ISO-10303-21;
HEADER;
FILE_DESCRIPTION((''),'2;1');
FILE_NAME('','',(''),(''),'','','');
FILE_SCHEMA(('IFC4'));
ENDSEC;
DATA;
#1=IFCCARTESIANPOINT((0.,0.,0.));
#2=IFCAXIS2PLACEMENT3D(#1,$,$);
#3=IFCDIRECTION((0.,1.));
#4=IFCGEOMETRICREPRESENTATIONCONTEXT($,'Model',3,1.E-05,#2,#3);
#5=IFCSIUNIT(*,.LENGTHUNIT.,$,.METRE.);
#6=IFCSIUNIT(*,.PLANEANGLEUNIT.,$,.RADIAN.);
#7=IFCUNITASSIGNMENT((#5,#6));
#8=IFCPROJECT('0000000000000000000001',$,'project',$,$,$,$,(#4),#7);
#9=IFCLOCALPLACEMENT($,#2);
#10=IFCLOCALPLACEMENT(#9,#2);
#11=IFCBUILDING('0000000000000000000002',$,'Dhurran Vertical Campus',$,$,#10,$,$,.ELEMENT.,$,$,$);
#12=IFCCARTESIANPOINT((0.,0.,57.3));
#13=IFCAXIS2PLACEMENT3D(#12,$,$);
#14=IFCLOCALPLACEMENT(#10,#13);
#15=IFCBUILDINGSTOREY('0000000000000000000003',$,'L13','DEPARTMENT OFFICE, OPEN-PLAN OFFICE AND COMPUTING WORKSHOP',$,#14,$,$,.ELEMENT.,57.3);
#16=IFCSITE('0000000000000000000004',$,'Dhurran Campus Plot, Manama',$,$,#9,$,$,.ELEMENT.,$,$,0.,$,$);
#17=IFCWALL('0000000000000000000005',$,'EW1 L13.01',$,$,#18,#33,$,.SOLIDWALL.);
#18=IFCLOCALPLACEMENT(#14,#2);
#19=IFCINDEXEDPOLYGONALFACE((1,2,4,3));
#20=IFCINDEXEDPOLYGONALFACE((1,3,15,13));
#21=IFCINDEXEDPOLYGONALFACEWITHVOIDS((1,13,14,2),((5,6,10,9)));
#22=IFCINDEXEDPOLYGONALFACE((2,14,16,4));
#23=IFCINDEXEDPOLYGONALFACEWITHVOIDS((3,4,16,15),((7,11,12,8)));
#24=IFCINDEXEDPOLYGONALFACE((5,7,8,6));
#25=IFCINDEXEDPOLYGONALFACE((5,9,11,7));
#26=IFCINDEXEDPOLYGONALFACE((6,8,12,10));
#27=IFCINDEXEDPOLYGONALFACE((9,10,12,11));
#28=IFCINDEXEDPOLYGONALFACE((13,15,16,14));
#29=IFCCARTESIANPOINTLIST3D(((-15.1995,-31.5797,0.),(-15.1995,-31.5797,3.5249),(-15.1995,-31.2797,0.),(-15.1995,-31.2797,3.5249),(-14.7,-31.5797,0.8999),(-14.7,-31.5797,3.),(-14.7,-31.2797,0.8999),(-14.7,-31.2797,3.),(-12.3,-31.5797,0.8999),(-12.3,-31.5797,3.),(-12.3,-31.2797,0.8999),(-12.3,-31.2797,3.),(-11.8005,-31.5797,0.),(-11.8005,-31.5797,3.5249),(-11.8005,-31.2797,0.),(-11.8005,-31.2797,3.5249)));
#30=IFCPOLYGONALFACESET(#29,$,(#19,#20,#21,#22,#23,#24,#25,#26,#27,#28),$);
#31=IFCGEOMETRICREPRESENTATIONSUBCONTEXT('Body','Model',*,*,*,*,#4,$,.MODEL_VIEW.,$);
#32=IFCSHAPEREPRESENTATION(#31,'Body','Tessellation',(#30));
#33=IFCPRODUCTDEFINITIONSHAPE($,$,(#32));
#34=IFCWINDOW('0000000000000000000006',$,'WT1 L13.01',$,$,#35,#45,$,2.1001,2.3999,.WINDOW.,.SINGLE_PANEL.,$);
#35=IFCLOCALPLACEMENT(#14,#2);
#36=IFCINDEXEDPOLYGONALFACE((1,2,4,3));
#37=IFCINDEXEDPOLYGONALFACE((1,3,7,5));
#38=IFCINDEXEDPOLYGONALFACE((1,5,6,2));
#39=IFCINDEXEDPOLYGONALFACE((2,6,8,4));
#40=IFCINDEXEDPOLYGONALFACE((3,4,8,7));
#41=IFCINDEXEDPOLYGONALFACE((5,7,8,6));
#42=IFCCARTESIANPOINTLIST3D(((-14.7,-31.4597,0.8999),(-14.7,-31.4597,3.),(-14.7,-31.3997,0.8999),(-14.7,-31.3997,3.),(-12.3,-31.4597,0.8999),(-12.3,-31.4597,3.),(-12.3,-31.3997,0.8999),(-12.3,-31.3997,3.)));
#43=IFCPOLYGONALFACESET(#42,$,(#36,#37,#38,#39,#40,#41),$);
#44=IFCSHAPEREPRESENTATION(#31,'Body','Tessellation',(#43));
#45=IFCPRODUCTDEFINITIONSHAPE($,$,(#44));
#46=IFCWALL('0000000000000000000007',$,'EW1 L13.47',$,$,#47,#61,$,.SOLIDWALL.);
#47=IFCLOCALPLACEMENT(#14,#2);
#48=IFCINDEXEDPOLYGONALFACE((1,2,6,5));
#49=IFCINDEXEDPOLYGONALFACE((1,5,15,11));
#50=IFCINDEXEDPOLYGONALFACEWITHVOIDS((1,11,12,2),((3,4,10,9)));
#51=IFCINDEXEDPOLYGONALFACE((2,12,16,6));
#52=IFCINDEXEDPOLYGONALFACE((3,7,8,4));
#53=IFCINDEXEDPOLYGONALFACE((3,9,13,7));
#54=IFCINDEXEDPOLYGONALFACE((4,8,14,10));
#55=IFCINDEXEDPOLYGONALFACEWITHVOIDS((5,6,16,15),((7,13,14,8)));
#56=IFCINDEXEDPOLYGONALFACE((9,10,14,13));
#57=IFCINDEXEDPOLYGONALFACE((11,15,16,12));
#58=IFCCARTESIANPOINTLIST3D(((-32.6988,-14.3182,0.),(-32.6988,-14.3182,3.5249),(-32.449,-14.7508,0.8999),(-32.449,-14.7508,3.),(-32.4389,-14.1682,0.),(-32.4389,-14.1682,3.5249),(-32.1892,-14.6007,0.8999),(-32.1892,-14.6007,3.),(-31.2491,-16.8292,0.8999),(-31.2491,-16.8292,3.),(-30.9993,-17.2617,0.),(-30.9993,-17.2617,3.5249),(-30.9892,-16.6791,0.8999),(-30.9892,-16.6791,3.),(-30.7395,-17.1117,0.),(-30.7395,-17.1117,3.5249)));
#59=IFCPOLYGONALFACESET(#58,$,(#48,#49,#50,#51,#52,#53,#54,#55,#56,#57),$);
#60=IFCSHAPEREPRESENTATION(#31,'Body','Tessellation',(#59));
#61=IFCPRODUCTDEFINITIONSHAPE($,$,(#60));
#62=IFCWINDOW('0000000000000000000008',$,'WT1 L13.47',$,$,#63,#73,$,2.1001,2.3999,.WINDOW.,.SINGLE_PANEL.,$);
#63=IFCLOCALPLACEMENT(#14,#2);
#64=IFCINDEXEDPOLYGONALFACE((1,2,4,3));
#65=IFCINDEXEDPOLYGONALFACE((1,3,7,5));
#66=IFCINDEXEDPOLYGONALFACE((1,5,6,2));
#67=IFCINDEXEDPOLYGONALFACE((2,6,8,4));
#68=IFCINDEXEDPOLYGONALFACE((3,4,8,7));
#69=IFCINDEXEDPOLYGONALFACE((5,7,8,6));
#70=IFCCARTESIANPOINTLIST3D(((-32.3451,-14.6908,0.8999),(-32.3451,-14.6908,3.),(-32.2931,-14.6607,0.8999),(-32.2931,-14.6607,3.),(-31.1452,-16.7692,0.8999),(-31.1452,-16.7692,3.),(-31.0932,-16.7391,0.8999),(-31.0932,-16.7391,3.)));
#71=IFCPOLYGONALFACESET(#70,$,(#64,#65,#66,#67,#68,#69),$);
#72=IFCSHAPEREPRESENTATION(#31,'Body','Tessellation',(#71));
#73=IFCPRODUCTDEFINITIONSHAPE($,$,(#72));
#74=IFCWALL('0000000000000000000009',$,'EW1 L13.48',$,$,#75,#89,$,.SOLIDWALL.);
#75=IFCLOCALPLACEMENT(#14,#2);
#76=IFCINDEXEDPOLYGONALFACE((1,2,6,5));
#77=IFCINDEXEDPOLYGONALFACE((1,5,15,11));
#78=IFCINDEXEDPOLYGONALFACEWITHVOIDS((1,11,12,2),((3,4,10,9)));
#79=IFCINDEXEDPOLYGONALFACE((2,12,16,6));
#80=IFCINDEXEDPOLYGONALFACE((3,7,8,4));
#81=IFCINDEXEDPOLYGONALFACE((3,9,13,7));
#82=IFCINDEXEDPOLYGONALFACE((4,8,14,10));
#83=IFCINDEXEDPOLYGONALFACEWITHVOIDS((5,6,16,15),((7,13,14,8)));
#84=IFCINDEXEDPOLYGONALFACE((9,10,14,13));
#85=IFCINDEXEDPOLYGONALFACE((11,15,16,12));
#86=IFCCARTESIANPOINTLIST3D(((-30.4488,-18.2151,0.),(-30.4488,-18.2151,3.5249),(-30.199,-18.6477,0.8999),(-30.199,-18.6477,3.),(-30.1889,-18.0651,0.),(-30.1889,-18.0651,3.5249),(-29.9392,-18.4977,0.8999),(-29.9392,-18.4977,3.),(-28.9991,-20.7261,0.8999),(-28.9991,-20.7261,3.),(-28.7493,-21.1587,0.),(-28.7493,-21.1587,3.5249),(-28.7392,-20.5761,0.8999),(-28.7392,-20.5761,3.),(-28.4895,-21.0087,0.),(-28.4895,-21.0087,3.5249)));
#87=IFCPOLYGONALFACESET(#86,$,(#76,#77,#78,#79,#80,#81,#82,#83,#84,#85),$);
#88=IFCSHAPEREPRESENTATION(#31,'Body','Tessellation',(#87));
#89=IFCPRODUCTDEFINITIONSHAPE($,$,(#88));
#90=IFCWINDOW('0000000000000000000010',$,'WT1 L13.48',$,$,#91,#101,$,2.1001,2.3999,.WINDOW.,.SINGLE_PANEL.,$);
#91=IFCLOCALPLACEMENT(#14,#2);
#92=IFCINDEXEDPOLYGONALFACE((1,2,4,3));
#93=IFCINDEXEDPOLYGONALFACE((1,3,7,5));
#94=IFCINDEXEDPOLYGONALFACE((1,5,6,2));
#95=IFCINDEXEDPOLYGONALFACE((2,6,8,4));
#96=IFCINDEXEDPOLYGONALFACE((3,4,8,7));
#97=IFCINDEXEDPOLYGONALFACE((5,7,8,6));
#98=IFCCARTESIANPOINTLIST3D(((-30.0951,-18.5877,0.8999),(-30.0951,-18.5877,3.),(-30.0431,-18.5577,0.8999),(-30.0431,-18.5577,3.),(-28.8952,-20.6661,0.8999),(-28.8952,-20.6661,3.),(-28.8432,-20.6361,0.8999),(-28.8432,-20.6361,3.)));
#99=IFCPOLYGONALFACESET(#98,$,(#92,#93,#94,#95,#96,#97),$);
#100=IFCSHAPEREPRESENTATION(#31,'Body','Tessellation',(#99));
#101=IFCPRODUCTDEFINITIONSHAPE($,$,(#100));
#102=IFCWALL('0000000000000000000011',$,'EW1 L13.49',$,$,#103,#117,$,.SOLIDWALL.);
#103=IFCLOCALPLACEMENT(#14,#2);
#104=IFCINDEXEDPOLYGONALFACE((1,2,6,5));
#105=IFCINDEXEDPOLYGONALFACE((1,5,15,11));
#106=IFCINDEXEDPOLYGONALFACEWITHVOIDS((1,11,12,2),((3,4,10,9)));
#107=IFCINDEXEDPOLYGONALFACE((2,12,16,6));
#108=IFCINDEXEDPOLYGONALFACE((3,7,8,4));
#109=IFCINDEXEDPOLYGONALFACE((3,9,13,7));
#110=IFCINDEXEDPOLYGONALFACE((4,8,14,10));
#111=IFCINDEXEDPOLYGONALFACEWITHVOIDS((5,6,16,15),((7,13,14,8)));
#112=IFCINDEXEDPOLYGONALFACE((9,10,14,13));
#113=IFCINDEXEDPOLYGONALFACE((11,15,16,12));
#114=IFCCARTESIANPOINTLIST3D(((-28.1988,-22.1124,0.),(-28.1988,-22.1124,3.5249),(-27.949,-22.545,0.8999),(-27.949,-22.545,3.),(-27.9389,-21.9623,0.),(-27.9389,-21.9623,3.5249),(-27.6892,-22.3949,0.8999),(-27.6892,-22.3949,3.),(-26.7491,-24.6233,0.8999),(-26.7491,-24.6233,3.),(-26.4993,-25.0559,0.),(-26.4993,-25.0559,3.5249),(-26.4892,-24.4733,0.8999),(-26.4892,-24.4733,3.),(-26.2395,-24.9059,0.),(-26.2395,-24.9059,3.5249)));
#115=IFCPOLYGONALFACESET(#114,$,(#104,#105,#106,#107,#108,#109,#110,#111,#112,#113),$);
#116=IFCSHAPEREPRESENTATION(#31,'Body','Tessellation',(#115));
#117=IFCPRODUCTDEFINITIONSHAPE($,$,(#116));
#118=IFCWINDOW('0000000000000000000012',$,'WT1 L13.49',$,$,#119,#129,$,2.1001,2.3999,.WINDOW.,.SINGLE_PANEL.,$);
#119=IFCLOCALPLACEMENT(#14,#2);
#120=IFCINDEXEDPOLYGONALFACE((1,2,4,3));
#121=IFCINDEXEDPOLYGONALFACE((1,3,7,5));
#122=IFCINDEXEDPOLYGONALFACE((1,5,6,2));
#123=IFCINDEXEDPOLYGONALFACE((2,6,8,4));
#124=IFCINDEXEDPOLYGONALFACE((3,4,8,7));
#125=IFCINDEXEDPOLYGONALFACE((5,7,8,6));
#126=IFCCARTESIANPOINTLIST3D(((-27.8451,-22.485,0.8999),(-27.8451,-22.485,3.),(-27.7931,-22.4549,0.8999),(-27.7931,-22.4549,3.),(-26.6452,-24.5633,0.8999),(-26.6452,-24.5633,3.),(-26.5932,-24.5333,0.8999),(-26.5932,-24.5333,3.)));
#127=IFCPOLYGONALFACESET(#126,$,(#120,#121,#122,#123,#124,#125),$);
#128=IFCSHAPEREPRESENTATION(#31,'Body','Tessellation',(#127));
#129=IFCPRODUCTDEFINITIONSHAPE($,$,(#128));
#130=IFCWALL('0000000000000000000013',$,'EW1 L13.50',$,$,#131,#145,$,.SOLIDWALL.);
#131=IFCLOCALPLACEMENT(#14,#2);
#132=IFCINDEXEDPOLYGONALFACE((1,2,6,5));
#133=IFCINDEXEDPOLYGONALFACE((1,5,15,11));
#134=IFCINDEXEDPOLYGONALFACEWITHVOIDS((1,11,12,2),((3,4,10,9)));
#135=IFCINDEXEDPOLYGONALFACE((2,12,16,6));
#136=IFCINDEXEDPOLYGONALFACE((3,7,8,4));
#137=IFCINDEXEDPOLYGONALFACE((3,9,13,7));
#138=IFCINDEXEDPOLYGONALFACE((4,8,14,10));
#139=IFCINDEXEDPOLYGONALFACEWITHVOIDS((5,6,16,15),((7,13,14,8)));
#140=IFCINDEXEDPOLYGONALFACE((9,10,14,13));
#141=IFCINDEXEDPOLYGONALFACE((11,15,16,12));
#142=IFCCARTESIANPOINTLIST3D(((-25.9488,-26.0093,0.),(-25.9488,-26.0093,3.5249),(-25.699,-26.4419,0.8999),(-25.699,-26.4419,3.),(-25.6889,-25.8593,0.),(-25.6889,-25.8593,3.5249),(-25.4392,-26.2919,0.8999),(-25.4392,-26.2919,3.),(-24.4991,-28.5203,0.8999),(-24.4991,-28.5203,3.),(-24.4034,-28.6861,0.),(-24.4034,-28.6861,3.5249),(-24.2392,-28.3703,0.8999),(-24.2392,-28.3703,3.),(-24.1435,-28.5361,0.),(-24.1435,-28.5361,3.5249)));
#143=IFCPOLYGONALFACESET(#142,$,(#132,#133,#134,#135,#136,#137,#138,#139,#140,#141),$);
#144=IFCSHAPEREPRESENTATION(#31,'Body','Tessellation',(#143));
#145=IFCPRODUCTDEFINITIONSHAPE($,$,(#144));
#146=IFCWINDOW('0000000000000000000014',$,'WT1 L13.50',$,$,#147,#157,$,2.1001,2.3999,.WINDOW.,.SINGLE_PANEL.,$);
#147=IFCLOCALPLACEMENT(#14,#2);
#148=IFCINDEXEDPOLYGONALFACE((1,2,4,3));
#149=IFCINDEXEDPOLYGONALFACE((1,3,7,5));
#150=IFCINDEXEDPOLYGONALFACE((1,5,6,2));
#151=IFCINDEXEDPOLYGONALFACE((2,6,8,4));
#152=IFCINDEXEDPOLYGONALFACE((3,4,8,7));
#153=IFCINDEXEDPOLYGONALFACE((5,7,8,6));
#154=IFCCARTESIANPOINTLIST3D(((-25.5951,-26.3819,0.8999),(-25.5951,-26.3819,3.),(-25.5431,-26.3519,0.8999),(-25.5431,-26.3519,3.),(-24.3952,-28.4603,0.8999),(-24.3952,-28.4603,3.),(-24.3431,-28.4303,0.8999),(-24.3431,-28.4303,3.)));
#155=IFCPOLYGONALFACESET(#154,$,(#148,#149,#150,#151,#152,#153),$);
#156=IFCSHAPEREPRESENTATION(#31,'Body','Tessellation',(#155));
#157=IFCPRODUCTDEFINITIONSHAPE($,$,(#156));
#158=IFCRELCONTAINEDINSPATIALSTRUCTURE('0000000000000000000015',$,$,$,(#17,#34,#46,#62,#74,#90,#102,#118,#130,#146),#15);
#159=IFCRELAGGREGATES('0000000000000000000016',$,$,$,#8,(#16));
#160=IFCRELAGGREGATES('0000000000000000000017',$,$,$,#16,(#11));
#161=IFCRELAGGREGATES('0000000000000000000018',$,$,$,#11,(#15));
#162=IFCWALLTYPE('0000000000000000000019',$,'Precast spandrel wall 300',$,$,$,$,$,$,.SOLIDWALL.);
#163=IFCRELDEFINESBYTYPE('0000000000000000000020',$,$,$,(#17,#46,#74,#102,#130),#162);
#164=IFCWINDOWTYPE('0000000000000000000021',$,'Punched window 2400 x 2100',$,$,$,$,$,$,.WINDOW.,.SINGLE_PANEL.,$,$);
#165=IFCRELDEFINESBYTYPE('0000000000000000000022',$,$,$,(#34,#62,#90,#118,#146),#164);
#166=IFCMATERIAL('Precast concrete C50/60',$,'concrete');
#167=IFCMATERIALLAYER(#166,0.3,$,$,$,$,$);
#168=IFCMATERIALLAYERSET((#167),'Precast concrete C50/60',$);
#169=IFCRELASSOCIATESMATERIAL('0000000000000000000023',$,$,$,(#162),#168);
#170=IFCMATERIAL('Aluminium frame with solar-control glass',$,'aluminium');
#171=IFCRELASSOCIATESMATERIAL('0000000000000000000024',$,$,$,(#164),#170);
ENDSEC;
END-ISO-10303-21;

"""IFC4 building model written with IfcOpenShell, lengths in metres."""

from ifc_helpers import new_model, si_unit, direction, frame, frame_2d, origin, place, context, subcontext, project, spatial, rectangle, extrude, material, layer, layer_set, type_object, element, fill, save


model = new_model("IFC4")

# Units and contexts
model_context = context("Model", 3, precision=1e-05, world=origin(), true_north=direction((0.0, 1.0)))
body_context = subcontext(model_context, "Body", "Model", "MODEL_VIEW")
ifc_project = project(units=[si_unit("LENGTHUNIT", "METRE"), si_unit("PLANEANGLEUNIT", "RADIAN")], contexts=[model_context])

# Site, building, storey
site_placement = place(None, origin())
site = spatial("IfcSite", under=ifc_project, at=site_placement, Name="Dhurran Campus Plot, Manama", CompositionType="ELEMENT", RefElevation=0.0)
building_placement = place(site_placement, origin())
building = spatial("IfcBuilding", under=site, at=building_placement, Name="Dhurran Vertical Campus", CompositionType="ELEMENT")
storey_placement = place(building_placement, frame((0.0, 0.0, 57.3)))
storey = spatial("IfcBuildingStorey", under=building, at=storey_placement, Name="L13", Description="DEPARTMENT OFFICE, OPEN-PLAN OFFICE AND COMPUTING WORKSHOP", CompositionType="ELEMENT", Elevation=57.3)

# Walls, openings, windows
ifc_material_1 = material(Name="Precast concrete C50/60", Category="concrete")
ifc_layer_1 = layer(ifc_material_1, 0.3)
ifc_layer_set_1 = layer_set([ifc_layer_1], Name="Precast concrete C50/60")
wall_type_1 = type_object("IfcWallType", Name="Precast spandrel wall 300", PredefinedType="SOLIDWALL", material=ifc_layer_set_1)
ifc_material_2 = material(Name="Aluminium frame with solar-control glass", Category="aluminium")
window_type = type_object("IfcWindowType", Name="Punched window 2400 x 2100", PartitioningType="SINGLE_PANEL", PredefinedType="WINDOW", material=ifc_material_2)
wall_1_placement = place(storey_placement, frame((-15.1995, -31.4297, 0.0), z_axis=(0.0, 0.0, 1.0), x_axis=(1.0, 0.0, 0.0)))
wall_1 = element("IfcWall", 1, at=wall_1_placement, inside=storey, type_object=wall_type_1, Name="EW1 L13.01", PredefinedType="SOLIDWALL", context=body_context, shape_type="SweptSolid", body=[
    extrude(rectangle(XDim=3.3989, YDim=0.3, at=frame_2d((1.6995, 0.0))), origin(), (0.0, 0.0, 1.0), 3.5249),
])
opening_1_placement = place(wall_1_placement, frame((0.4995, 0.0, 0.8999)))
opening_1 = element("IfcOpeningElement", 2, at=opening_1_placement, cuts=wall_1, PredefinedType="OPENING", context=body_context, shape_type="SweptSolid", body=[
    extrude(rectangle(XDim=2.3999, YDim=2.1001, at=frame_2d((1.2, 1.05))), frame((0.0, 0.1599, 0.0), z_axis=(0.0, -1.0, 0.0), x_axis=(1.0, 0.0, 0.0)), (0.0, 0.0, 1.0), 0.3201),
])
window_1_placement = place(opening_1_placement, origin())
window_1 = element("IfcWindow", 3, at=window_1_placement, inside=storey, type_object=window_type, Name="WT1 L13.01", OverallHeight=2.1001, OverallWidth=2.3999, PartitioningType="SINGLE_PANEL", PredefinedType="WINDOW", context=body_context, shape_type="SweptSolid", body=[
    extrude(rectangle(XDim=2.3999, YDim=2.1001, at=frame_2d((1.2, 1.05))), frame((0.0, 0.03, 0.0), z_axis=(0.0, -1.0, 0.0), x_axis=(1.0, 0.0, 0.0)), (0.0, 0.0, 1.0), 0.0601),
])
fill(opening_1, window_1)
wall_2_placement = place(storey_placement, frame((-32.5688, -14.2432, 0.0), z_axis=(0.0, 0.0, 1.0), x_axis=(0.499994, -0.866029, 0.0)))
wall_2 = element("IfcWall", 4, at=wall_2_placement, inside=storey, type_object=wall_type_1, Name="EW1 L13.47", PredefinedType="SOLIDWALL", context=body_context, shape_type="SweptSolid", body=[
    extrude(rectangle(XDim=3.3989, YDim=0.3, at=frame_2d((1.6995, 0.0))), origin(), (0.0, 0.0, 1.0), 3.5249),
])
opening_2_placement = place(wall_2_placement, frame((0.4995, 0.0, 0.8999)))
opening_2 = element("IfcOpeningElement", 5, at=opening_2_placement, cuts=wall_2, PredefinedType="OPENING", context=body_context, shape_type="SweptSolid", body=[
    extrude(rectangle(XDim=2.3999, YDim=2.1001, at=frame_2d((1.2, 1.05))), frame((0.0, 0.1599, 0.0), z_axis=(0.0, -1.0, 0.0), x_axis=(1.0, 0.0, 0.0)), (0.0, 0.0, 1.0), 0.3201),
])
window_2_placement = place(opening_2_placement, origin())
window_2 = element("IfcWindow", 6, at=window_2_placement, inside=storey, type_object=window_type, Name="WT1 L13.47", OverallHeight=2.1001, OverallWidth=2.3999, PartitioningType="SINGLE_PANEL", PredefinedType="WINDOW", context=body_context, shape_type="SweptSolid", body=[
    extrude(rectangle(XDim=2.3999, YDim=2.1001, at=frame_2d((1.2, 1.05))), frame((0.0, 0.03, 0.0), z_axis=(0.0, -1.0, 0.0), x_axis=(1.0, 0.0, 0.0)), (0.0, 0.0, 1.0), 0.0601),
])
fill(opening_2, window_2)
wall_3_placement = place(storey_placement, frame((-30.3188, -18.1401, 0.0), z_axis=(0.0, 0.0, 1.0), x_axis=(0.499994, -0.866029, 0.0)))
wall_3 = element("IfcWall", 7, at=wall_3_placement, inside=storey, type_object=wall_type_1, Name="EW1 L13.48", PredefinedType="SOLIDWALL", context=body_context, shape_type="SweptSolid", body=[
    extrude(rectangle(XDim=3.3989, YDim=0.3, at=frame_2d((1.6995, 0.0))), origin(), (0.0, 0.0, 1.0), 3.5249),
])
opening_3_placement = place(wall_3_placement, frame((0.4995, 0.0, 0.8999)))
opening_3 = element("IfcOpeningElement", 8, at=opening_3_placement, cuts=wall_3, PredefinedType="OPENING", context=body_context, shape_type="SweptSolid", body=[
    extrude(rectangle(XDim=2.3999, YDim=2.1001, at=frame_2d((1.2, 1.05))), frame((0.0, 0.1599, 0.0), z_axis=(0.0, -1.0, 0.0), x_axis=(1.0, 0.0, 0.0)), (0.0, 0.0, 1.0), 0.3201),
])
window_3_placement = place(opening_3_placement, origin())
window_3 = element("IfcWindow", 9, at=window_3_placement, inside=storey, type_object=window_type, Name="WT1 L13.48", OverallHeight=2.1001, OverallWidth=2.3999, PartitioningType="SINGLE_PANEL", PredefinedType="WINDOW", context=body_context, shape_type="SweptSolid", body=[
    extrude(rectangle(XDim=2.3999, YDim=2.1001, at=frame_2d((1.2, 1.05))), frame((0.0, 0.03, 0.0), z_axis=(0.0, -1.0, 0.0), x_axis=(1.0, 0.0, 0.0)), (0.0, 0.0, 1.0), 0.0601),
])
fill(opening_3, window_3)
wall_4_placement = place(storey_placement, frame((-28.0688, -22.0374, 0.0), z_axis=(0.0, 0.0, 1.0), x_axis=(0.499994, -0.866029, 0.0)))
wall_4 = element("IfcWall", 10, at=wall_4_placement, inside=storey, type_object=wall_type_1, Name="EW1 L13.49", PredefinedType="SOLIDWALL", context=body_context, shape_type="SweptSolid", body=[
    extrude(rectangle(XDim=3.3989, YDim=0.3, at=frame_2d((1.6995, 0.0))), origin(), (0.0, 0.0, 1.0), 3.5249),
])
opening_4_placement = place(wall_4_placement, frame((0.4995, 0.0, 0.8999)))
opening_4 = element("IfcOpeningElement", 11, at=opening_4_placement, cuts=wall_4, PredefinedType="OPENING", context=body_context, shape_type="SweptSolid", body=[
    extrude(rectangle(XDim=2.3999, YDim=2.1001, at=frame_2d((1.2, 1.05))), frame((0.0, 0.1599, 0.0), z_axis=(0.0, -1.0, 0.0), x_axis=(1.0, 0.0, 0.0)), (0.0, 0.0, 1.0), 0.3201),
])
window_4_placement = place(opening_4_placement, origin())
window_4 = element("IfcWindow", 12, at=window_4_placement, inside=storey, type_object=window_type, Name="WT1 L13.49", OverallHeight=2.1001, OverallWidth=2.3999, PartitioningType="SINGLE_PANEL", PredefinedType="WINDOW", context=body_context, shape_type="SweptSolid", body=[
    extrude(rectangle(XDim=2.3999, YDim=2.1001, at=frame_2d((1.2, 1.05))), frame((0.0, 0.03, 0.0), z_axis=(0.0, -1.0, 0.0), x_axis=(1.0, 0.0, 0.0)), (0.0, 0.0, 1.0), 0.0601),
])
fill(opening_4, window_4)
wall_5_placement = place(storey_placement, frame((-25.8188, -25.9343, 0.0), z_axis=(0.0, 0.0, 1.0), x_axis=(0.499996, -0.866028, 0.0)))
wall_5 = element("IfcWall", 13, at=wall_5_placement, inside=storey, type_object=wall_type_1, Name="EW1 L13.50", PredefinedType="SOLIDWALL", context=body_context, shape_type="SweptSolid", body=[
    extrude(rectangle(XDim=3.0908, YDim=0.3, at=frame_2d((1.5454, 0.0))), origin(), (0.0, 0.0, 1.0), 3.5249),
])
opening_5_placement = place(wall_5_placement, frame((0.4995, 0.0, 0.8999)))
opening_5 = element("IfcOpeningElement", 14, at=opening_5_placement, cuts=wall_5, PredefinedType="OPENING", context=body_context, shape_type="SweptSolid", body=[
    extrude(rectangle(XDim=2.3999, YDim=2.1001, at=frame_2d((1.2, 1.05))), frame((0.0, 0.1599, 0.0), z_axis=(0.0, -1.0, 0.0), x_axis=(1.0, 0.0, 0.0)), (0.0, 0.0, 1.0), 0.3201),
])
window_5_placement = place(opening_5_placement, origin())
window_5 = element("IfcWindow", 15, at=window_5_placement, inside=storey, type_object=window_type, Name="WT1 L13.50", OverallHeight=2.1001, OverallWidth=2.3999, PartitioningType="SINGLE_PANEL", PredefinedType="WINDOW", context=body_context, shape_type="SweptSolid", body=[
    extrude(rectangle(XDim=2.3999, YDim=2.1001, at=frame_2d((1.2, 1.05))), frame((0.0, 0.03, 0.0), z_axis=(0.0, -1.0, 0.0), x_axis=(1.0, 0.0, 0.0)), (0.0, 0.0, 1.0), 0.0601),
])
fill(opening_5, window_5)

save(model, "model.ifc")
